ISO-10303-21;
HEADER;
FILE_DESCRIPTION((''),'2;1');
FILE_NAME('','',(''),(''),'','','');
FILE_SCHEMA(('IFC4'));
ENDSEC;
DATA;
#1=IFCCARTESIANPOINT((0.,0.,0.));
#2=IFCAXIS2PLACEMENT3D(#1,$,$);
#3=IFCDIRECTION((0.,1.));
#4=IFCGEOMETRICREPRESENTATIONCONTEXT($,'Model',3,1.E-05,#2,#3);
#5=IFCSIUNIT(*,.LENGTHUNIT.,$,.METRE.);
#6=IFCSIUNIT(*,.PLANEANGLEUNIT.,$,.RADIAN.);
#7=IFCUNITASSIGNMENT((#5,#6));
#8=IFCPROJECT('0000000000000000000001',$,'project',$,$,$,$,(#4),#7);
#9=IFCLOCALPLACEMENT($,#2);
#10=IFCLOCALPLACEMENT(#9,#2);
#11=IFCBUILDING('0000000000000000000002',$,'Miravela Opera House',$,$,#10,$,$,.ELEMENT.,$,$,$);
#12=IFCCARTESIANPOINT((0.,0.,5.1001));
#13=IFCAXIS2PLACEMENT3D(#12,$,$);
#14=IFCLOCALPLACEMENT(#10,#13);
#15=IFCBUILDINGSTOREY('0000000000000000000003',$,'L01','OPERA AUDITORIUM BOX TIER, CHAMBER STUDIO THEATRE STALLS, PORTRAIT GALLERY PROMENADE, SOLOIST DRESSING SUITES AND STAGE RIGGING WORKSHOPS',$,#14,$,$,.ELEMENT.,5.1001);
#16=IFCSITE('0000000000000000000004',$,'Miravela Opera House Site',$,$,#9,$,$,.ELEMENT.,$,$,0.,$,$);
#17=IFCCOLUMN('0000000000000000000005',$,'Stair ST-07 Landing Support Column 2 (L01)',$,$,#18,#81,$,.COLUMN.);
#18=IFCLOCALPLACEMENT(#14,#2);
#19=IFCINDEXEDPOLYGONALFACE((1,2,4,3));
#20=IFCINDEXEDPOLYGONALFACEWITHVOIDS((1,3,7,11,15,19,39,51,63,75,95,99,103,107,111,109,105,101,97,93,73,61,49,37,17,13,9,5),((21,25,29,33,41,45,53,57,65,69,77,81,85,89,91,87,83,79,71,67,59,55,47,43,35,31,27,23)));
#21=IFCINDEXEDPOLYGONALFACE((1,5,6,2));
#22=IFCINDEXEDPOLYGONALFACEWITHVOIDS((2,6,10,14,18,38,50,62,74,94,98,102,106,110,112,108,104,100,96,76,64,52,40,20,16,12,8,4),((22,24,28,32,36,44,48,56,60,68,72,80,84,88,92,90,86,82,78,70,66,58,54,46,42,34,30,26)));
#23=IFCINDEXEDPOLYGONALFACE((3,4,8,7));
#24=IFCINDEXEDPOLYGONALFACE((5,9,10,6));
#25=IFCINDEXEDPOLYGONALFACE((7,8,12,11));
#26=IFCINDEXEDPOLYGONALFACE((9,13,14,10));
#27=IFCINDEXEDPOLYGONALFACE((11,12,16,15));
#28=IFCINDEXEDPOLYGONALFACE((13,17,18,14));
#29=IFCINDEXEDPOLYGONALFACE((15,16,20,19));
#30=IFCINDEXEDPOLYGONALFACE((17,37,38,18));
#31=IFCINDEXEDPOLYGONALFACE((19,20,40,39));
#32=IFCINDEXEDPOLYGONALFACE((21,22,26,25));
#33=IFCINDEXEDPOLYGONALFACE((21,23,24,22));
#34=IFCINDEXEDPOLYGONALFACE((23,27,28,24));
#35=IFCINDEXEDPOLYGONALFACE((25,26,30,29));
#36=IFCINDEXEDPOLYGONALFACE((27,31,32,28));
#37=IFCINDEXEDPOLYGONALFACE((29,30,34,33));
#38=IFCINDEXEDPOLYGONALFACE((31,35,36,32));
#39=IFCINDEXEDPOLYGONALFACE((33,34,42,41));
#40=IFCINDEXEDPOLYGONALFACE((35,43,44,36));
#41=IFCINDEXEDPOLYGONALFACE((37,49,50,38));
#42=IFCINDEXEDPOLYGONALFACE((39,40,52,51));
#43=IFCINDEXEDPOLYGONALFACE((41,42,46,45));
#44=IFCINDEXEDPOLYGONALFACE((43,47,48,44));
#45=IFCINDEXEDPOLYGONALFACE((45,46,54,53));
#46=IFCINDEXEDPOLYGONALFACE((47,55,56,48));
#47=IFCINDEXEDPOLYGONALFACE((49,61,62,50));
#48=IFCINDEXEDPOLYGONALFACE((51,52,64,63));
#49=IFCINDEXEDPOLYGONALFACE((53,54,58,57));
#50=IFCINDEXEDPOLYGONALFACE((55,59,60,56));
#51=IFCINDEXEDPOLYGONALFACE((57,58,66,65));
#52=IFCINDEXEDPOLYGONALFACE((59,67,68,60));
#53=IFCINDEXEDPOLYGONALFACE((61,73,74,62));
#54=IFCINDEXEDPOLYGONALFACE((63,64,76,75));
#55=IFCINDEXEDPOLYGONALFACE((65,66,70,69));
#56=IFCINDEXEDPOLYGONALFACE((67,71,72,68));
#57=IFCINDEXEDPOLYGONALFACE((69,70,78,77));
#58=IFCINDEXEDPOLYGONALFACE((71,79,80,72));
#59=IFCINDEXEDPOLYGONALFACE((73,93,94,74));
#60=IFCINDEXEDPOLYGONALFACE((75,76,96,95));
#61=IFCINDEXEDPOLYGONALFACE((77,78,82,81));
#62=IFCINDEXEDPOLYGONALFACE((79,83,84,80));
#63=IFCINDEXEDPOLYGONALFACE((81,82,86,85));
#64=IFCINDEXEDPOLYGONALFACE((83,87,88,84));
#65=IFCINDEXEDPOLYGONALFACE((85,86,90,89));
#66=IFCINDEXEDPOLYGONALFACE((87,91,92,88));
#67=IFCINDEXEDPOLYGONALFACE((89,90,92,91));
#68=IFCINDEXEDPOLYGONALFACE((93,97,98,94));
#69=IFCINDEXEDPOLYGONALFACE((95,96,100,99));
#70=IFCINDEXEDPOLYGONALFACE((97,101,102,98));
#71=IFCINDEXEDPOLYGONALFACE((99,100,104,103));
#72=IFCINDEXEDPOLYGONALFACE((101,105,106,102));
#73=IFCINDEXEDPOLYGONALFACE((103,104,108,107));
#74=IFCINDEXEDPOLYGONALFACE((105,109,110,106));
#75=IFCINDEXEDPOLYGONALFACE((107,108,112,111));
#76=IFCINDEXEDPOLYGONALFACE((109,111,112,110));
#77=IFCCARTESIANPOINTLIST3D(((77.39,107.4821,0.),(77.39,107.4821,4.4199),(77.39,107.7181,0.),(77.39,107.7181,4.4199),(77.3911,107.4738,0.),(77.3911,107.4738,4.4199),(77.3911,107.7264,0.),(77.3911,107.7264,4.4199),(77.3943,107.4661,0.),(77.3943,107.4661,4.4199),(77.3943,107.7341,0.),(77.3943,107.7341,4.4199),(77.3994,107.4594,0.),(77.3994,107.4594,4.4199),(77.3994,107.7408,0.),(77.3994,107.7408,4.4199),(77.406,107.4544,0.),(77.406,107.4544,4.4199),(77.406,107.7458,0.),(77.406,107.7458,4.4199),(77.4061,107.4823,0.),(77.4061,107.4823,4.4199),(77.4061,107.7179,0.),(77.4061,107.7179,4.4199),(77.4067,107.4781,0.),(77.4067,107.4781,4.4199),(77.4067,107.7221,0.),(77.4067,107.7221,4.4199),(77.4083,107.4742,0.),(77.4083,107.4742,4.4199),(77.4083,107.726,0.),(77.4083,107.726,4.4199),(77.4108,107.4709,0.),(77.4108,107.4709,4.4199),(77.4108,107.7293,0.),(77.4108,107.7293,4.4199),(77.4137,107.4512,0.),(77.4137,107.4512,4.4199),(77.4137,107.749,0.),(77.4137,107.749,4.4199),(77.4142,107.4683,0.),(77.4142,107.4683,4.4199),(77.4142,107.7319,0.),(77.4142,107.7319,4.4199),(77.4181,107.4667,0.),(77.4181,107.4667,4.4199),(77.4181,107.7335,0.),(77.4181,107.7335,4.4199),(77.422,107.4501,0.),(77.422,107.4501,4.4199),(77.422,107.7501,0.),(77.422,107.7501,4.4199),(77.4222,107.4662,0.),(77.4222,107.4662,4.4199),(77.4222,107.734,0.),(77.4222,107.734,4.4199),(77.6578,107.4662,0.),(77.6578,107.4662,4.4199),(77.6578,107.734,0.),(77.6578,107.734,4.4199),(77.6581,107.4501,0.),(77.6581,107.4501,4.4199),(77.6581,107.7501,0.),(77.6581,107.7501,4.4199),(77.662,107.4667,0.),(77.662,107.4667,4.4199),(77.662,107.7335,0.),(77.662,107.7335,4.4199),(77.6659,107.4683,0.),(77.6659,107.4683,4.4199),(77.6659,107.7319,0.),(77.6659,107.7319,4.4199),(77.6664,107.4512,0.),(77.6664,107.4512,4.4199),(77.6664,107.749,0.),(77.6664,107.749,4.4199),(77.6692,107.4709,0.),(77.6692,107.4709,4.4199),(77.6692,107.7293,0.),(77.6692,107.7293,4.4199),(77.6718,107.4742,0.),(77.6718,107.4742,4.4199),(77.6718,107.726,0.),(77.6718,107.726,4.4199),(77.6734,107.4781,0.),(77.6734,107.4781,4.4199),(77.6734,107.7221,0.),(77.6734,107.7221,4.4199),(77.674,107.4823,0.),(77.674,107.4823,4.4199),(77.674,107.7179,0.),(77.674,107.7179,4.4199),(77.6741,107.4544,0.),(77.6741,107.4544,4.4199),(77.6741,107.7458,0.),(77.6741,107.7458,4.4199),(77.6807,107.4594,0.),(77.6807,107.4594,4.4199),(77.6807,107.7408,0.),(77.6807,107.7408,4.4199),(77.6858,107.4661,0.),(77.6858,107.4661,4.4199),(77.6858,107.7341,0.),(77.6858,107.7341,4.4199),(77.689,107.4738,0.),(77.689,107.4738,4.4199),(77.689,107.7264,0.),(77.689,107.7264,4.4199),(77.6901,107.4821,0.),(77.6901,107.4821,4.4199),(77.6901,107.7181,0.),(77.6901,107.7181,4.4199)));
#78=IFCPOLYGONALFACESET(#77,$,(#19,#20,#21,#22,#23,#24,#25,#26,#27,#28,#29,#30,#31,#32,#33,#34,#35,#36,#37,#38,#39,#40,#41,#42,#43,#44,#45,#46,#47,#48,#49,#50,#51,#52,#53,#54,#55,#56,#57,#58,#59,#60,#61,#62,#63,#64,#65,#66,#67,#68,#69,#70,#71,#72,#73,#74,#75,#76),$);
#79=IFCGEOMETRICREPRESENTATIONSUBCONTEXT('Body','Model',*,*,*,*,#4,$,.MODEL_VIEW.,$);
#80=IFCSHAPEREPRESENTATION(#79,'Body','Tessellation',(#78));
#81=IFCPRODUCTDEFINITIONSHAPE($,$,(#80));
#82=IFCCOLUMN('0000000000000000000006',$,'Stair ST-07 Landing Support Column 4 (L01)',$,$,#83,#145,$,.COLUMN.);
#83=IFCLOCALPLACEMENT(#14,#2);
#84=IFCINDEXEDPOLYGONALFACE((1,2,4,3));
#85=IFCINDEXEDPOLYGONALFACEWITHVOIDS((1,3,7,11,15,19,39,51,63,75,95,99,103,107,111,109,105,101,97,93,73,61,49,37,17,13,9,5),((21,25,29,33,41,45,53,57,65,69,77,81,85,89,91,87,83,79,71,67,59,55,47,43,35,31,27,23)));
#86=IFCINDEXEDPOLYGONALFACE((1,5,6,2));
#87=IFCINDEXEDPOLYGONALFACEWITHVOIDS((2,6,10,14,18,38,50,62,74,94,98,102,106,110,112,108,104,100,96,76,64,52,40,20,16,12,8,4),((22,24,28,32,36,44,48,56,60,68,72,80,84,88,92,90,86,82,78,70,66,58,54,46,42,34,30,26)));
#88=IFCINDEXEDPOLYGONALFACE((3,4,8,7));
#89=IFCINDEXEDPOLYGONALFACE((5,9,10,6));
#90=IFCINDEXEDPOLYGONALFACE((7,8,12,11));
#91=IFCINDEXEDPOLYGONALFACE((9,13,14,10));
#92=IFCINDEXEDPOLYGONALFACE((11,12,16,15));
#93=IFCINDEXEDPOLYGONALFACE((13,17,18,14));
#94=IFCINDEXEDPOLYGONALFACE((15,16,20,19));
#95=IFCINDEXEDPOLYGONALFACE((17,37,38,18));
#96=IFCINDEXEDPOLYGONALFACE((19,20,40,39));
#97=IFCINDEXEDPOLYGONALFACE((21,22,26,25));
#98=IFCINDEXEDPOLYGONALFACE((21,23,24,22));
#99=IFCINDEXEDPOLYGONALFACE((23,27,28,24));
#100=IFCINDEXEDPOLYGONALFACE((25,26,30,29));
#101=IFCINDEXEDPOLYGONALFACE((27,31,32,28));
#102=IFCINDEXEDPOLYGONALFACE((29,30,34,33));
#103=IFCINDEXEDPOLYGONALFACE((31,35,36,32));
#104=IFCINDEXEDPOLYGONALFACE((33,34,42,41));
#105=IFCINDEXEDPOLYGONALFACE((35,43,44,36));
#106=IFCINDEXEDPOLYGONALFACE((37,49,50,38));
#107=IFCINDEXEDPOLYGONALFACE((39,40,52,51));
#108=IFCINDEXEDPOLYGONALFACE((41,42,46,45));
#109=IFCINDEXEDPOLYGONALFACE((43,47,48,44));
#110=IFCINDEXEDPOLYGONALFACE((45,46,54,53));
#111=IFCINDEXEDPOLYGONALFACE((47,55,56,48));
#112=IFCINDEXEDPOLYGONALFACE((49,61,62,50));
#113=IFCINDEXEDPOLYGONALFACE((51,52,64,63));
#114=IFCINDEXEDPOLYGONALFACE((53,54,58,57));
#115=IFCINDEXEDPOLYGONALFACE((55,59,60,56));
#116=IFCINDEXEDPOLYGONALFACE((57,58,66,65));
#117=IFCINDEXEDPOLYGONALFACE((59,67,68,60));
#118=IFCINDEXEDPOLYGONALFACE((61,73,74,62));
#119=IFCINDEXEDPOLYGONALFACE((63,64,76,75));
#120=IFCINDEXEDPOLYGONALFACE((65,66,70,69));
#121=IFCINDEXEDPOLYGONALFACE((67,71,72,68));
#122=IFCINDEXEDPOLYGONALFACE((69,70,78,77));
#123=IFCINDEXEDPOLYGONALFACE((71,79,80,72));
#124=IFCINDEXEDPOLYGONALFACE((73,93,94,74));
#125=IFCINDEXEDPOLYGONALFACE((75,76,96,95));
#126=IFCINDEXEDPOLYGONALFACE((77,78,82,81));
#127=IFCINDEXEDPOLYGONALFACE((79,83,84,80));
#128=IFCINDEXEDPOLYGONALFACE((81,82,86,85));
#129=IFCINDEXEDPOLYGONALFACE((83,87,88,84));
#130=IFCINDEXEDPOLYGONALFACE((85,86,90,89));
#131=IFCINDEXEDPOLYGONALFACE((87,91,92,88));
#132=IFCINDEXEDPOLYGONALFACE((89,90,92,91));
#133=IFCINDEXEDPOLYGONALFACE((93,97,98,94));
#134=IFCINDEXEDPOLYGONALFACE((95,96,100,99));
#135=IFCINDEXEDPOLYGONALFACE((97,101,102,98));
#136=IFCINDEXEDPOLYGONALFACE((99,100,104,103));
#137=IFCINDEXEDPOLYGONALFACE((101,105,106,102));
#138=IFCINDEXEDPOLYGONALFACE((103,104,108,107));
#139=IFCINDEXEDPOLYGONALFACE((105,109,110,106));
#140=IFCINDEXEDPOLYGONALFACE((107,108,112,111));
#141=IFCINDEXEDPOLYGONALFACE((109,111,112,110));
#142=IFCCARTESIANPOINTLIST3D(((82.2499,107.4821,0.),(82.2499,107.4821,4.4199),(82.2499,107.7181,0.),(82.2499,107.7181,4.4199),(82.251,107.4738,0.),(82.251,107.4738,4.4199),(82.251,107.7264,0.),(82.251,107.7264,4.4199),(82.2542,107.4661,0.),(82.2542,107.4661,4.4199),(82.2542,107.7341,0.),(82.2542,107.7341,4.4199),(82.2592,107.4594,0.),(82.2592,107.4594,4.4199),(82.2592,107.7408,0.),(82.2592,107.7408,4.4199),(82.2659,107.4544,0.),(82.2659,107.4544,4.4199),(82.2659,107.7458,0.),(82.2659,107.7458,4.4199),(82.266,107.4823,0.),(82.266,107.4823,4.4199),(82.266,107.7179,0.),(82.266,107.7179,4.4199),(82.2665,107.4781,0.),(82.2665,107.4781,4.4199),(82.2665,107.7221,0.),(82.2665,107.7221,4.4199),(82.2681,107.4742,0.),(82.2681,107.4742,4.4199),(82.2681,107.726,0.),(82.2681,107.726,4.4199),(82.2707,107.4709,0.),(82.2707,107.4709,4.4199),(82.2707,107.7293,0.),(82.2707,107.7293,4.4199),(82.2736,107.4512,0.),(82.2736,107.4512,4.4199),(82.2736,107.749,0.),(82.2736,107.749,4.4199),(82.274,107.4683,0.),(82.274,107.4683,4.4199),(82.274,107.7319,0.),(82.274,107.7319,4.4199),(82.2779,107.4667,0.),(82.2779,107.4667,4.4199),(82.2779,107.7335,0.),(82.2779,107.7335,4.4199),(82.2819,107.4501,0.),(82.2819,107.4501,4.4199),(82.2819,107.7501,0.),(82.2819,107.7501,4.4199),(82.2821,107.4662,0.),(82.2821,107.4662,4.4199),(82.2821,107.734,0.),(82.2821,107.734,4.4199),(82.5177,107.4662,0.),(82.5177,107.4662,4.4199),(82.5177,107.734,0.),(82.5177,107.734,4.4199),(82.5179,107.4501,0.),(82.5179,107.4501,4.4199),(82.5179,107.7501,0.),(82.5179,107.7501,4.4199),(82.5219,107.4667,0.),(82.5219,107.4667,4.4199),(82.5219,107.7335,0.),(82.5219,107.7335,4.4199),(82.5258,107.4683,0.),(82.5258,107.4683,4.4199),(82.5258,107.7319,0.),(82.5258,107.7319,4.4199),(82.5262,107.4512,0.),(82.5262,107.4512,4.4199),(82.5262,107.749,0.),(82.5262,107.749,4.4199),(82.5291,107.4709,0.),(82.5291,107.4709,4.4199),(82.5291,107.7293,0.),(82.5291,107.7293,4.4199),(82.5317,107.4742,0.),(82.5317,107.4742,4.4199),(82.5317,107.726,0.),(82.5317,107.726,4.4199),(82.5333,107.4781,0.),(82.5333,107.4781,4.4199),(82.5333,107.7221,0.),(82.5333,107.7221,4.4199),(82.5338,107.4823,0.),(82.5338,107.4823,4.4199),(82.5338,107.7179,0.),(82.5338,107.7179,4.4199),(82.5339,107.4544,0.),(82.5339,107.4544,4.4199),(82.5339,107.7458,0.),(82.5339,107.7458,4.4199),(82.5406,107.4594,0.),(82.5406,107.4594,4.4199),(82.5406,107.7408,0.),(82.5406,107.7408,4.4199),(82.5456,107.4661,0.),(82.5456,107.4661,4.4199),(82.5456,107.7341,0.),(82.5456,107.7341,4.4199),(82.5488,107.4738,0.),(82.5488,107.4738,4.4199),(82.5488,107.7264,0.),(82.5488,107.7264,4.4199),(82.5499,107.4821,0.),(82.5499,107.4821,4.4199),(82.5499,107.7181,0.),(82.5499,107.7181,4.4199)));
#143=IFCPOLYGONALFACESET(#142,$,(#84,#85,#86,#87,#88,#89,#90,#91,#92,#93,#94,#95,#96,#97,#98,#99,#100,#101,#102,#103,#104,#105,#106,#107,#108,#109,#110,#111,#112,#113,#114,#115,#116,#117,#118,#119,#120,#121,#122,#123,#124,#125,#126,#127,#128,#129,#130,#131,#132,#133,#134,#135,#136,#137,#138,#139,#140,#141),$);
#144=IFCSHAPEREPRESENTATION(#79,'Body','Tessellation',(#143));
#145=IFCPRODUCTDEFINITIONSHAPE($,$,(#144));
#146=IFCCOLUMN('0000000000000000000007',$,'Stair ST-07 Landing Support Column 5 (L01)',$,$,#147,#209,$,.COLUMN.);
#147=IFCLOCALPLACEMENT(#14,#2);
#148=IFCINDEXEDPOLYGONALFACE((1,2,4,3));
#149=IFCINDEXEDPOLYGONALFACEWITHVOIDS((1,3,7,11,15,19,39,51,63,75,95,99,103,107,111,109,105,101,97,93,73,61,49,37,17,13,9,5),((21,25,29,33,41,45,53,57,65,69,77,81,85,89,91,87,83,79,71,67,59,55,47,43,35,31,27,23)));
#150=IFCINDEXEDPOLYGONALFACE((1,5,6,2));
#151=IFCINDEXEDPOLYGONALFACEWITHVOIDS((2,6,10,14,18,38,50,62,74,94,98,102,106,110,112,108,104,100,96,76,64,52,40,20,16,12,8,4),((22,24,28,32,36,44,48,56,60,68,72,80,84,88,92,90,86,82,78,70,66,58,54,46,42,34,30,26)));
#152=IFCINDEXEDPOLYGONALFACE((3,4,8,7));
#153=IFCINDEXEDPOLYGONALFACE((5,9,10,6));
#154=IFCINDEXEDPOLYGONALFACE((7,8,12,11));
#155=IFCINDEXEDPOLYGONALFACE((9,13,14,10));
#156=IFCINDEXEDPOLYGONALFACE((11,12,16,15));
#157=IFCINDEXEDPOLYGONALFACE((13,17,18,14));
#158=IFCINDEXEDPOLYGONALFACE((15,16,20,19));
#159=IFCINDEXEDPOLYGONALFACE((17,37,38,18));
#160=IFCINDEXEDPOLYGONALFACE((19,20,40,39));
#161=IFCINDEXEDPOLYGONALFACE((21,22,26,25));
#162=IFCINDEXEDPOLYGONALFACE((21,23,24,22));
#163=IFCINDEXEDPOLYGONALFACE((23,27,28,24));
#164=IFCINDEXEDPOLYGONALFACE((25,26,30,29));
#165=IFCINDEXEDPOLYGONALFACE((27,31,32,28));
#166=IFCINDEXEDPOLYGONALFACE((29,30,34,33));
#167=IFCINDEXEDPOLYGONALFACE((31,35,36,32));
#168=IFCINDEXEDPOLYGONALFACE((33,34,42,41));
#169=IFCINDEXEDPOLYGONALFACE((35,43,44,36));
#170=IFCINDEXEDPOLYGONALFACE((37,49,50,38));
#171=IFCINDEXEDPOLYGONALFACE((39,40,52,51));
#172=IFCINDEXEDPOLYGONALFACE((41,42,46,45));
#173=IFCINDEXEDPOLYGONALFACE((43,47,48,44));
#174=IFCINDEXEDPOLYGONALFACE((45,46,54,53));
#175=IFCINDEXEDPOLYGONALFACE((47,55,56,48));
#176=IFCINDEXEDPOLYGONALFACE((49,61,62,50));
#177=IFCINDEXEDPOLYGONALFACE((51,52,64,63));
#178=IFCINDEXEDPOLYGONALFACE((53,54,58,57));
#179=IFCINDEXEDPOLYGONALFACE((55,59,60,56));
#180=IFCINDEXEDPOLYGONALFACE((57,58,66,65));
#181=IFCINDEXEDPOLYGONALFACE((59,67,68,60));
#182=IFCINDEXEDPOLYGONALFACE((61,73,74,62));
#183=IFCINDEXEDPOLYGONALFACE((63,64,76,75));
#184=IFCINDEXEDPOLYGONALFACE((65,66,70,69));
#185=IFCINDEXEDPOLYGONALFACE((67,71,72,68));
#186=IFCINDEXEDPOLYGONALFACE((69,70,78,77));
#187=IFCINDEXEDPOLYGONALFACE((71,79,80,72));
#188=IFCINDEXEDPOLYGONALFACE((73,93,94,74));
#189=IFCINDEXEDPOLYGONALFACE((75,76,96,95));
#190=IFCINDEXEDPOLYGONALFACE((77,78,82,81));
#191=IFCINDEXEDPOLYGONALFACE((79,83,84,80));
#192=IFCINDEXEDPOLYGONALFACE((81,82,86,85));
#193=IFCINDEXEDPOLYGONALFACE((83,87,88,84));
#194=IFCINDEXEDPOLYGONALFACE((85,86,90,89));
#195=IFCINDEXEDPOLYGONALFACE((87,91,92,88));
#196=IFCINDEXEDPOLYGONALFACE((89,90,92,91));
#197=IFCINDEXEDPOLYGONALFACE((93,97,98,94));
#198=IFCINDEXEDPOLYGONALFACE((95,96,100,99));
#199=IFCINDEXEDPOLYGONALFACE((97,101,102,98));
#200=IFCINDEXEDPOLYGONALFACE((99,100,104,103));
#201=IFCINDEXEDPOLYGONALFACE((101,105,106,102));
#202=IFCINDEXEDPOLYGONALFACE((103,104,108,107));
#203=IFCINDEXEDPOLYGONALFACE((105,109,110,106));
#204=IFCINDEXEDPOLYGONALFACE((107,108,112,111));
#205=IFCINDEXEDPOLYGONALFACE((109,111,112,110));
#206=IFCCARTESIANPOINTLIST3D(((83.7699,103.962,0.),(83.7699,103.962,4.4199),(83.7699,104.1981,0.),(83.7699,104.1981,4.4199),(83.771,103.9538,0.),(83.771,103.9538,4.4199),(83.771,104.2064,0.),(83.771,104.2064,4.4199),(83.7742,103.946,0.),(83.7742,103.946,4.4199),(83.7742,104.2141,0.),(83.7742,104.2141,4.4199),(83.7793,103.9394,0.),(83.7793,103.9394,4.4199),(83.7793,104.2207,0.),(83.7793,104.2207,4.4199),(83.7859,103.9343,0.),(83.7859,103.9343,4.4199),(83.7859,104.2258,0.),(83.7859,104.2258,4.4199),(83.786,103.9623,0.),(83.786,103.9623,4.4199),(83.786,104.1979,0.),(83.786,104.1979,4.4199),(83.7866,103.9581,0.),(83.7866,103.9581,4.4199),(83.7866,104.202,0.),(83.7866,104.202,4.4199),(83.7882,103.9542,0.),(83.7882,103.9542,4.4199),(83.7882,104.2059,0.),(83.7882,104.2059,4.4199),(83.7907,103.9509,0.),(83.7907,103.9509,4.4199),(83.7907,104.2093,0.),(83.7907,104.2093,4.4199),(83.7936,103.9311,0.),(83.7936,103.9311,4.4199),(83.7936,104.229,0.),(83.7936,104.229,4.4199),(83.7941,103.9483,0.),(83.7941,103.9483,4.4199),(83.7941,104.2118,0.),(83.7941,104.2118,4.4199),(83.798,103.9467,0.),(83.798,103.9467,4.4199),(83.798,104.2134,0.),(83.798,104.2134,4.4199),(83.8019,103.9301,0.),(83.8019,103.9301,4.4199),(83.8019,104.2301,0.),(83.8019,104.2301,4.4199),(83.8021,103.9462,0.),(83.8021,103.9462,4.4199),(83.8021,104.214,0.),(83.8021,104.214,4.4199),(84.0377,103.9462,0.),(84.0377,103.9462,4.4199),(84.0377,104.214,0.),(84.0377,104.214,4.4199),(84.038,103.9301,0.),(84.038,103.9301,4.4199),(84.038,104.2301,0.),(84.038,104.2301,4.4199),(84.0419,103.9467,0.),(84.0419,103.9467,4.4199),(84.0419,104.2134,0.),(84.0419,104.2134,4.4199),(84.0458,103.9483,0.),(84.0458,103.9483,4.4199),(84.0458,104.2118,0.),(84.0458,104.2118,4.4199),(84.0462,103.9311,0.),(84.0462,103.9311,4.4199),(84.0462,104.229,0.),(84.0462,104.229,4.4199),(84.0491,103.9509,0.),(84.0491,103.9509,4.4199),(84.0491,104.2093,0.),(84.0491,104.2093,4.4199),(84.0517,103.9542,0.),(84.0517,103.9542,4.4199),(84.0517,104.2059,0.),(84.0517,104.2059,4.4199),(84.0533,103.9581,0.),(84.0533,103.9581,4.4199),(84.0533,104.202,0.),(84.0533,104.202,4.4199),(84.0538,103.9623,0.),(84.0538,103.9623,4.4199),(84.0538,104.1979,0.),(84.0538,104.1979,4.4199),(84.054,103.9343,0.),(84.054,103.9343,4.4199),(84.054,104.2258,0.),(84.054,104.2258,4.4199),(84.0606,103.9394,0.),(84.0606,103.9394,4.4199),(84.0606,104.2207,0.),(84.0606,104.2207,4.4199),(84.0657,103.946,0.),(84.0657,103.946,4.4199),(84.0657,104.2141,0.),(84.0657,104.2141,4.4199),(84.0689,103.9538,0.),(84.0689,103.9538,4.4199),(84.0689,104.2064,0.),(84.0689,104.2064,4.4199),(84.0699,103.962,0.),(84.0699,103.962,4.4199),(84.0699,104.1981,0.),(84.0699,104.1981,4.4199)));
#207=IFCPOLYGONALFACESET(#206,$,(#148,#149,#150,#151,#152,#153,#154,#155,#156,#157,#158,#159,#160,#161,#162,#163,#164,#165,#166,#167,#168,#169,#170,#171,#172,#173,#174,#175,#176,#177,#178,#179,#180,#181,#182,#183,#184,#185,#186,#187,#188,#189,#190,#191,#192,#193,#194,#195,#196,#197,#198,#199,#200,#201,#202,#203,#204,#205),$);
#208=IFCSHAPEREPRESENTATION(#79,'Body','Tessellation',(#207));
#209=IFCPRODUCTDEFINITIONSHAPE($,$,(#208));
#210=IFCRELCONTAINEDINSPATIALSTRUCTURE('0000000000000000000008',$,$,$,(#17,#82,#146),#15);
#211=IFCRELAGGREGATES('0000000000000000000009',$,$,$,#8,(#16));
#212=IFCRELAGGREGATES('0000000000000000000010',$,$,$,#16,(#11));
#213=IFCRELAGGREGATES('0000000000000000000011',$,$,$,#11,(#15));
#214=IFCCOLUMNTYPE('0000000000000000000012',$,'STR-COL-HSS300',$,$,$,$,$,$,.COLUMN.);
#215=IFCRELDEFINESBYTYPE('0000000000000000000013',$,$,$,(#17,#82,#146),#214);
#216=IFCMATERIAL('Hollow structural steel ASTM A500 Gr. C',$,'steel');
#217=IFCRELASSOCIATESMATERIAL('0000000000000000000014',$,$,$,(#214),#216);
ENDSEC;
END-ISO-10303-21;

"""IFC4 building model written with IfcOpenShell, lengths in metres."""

from ifc_helpers import new_model, si_unit, direction, frame, origin, origin_2d, place, context, subcontext, project, spatial, hollow_rectangle, extrude, material, material_profile, profile_set, type_object, element, save


model = new_model("IFC4")

# Units and contexts
model_context = context("Model", 3, precision=1e-05, world=origin(), true_north=direction((0.0, 1.0)))
body_context = subcontext(model_context, "Body", "Model", "MODEL_VIEW")
ifc_project = project(units=[si_unit("LENGTHUNIT", "METRE"), si_unit("PLANEANGLEUNIT", "RADIAN")], contexts=[model_context])

# Site, building, storey
site_placement = place(None, origin())
site = spatial("IfcSite", under=ifc_project, at=site_placement, Name="Miravela Opera House Site", CompositionType="ELEMENT", RefElevation=0.0)
building_placement = place(site_placement, origin())
building = spatial("IfcBuilding", under=site, at=building_placement, Name="Miravela Opera House", CompositionType="ELEMENT")
storey_placement = place(building_placement, frame((0.0, 0.0, 5.1001)))
storey = spatial("IfcBuildingStorey", under=building, at=storey_placement, Name="L01", Description="OPERA AUDITORIUM BOX TIER, CHAMBER STUDIO THEATRE STALLS, PORTRAIT GALLERY PROMENADE, SOLOIST DRESSING SUITES AND STAGE RIGGING WORKSHOPS", CompositionType="ELEMENT", Elevation=5.1001)

# Columns
ifc_material_1 = material(Name="Hollow structural steel ASTM A500 Gr. C", Category="steel")
ifc_material_profile_1 = material_profile(ifc_material_1, hollow_rectangle(XDim=0.3, YDim=0.3, WallThickness=0.0161, InnerFilletRadius=0.0161, OuterFilletRadius=0.032, at=origin_2d()), Name="HSS300X300X16")
ifc_profile_set_1 = profile_set([ifc_material_profile_1])
column_type_1 = type_object("IfcColumnType", Name="STR-COL-HSS300", PredefinedType="COLUMN", material=ifc_profile_set_1)
for number, where, z_axis, x_axis, name in (
    (1, (77.54, 107.6001, 0.0), (0.0, 0.0, 1.0), (1.0, 0.0, 0.0), "Stair ST-07 Landing Support Column 2 (L01)"),
    (2, (82.3999, 107.6001, 0.0), (0.0, 0.0, 1.0), (1.0, 0.0, 0.0), "Stair ST-07 Landing Support Column 4 (L01)"),
    (3, (83.9199, 104.0801, 0.0), (0.0, 0.0, 1.0), (1.0, 0.0, 0.0), "Stair ST-07 Landing Support Column 5 (L01)"),
):
    element("IfcColumn", number, at=place(storey_placement, frame(where, z_axis=z_axis, x_axis=x_axis)), inside=storey, type_object=column_type_1, Name=name, PredefinedType="COLUMN", context=body_context, shape_type="SweptSolid", body=[
        extrude(hollow_rectangle(XDim=0.3, YDim=0.3, WallThickness=0.0161, InnerFilletRadius=0.0161, OuterFilletRadius=0.032, at=origin_2d()), origin(), (0.0, 0.0, 1.0), 4.4199),
    ])

save(model, "model.ifc")
